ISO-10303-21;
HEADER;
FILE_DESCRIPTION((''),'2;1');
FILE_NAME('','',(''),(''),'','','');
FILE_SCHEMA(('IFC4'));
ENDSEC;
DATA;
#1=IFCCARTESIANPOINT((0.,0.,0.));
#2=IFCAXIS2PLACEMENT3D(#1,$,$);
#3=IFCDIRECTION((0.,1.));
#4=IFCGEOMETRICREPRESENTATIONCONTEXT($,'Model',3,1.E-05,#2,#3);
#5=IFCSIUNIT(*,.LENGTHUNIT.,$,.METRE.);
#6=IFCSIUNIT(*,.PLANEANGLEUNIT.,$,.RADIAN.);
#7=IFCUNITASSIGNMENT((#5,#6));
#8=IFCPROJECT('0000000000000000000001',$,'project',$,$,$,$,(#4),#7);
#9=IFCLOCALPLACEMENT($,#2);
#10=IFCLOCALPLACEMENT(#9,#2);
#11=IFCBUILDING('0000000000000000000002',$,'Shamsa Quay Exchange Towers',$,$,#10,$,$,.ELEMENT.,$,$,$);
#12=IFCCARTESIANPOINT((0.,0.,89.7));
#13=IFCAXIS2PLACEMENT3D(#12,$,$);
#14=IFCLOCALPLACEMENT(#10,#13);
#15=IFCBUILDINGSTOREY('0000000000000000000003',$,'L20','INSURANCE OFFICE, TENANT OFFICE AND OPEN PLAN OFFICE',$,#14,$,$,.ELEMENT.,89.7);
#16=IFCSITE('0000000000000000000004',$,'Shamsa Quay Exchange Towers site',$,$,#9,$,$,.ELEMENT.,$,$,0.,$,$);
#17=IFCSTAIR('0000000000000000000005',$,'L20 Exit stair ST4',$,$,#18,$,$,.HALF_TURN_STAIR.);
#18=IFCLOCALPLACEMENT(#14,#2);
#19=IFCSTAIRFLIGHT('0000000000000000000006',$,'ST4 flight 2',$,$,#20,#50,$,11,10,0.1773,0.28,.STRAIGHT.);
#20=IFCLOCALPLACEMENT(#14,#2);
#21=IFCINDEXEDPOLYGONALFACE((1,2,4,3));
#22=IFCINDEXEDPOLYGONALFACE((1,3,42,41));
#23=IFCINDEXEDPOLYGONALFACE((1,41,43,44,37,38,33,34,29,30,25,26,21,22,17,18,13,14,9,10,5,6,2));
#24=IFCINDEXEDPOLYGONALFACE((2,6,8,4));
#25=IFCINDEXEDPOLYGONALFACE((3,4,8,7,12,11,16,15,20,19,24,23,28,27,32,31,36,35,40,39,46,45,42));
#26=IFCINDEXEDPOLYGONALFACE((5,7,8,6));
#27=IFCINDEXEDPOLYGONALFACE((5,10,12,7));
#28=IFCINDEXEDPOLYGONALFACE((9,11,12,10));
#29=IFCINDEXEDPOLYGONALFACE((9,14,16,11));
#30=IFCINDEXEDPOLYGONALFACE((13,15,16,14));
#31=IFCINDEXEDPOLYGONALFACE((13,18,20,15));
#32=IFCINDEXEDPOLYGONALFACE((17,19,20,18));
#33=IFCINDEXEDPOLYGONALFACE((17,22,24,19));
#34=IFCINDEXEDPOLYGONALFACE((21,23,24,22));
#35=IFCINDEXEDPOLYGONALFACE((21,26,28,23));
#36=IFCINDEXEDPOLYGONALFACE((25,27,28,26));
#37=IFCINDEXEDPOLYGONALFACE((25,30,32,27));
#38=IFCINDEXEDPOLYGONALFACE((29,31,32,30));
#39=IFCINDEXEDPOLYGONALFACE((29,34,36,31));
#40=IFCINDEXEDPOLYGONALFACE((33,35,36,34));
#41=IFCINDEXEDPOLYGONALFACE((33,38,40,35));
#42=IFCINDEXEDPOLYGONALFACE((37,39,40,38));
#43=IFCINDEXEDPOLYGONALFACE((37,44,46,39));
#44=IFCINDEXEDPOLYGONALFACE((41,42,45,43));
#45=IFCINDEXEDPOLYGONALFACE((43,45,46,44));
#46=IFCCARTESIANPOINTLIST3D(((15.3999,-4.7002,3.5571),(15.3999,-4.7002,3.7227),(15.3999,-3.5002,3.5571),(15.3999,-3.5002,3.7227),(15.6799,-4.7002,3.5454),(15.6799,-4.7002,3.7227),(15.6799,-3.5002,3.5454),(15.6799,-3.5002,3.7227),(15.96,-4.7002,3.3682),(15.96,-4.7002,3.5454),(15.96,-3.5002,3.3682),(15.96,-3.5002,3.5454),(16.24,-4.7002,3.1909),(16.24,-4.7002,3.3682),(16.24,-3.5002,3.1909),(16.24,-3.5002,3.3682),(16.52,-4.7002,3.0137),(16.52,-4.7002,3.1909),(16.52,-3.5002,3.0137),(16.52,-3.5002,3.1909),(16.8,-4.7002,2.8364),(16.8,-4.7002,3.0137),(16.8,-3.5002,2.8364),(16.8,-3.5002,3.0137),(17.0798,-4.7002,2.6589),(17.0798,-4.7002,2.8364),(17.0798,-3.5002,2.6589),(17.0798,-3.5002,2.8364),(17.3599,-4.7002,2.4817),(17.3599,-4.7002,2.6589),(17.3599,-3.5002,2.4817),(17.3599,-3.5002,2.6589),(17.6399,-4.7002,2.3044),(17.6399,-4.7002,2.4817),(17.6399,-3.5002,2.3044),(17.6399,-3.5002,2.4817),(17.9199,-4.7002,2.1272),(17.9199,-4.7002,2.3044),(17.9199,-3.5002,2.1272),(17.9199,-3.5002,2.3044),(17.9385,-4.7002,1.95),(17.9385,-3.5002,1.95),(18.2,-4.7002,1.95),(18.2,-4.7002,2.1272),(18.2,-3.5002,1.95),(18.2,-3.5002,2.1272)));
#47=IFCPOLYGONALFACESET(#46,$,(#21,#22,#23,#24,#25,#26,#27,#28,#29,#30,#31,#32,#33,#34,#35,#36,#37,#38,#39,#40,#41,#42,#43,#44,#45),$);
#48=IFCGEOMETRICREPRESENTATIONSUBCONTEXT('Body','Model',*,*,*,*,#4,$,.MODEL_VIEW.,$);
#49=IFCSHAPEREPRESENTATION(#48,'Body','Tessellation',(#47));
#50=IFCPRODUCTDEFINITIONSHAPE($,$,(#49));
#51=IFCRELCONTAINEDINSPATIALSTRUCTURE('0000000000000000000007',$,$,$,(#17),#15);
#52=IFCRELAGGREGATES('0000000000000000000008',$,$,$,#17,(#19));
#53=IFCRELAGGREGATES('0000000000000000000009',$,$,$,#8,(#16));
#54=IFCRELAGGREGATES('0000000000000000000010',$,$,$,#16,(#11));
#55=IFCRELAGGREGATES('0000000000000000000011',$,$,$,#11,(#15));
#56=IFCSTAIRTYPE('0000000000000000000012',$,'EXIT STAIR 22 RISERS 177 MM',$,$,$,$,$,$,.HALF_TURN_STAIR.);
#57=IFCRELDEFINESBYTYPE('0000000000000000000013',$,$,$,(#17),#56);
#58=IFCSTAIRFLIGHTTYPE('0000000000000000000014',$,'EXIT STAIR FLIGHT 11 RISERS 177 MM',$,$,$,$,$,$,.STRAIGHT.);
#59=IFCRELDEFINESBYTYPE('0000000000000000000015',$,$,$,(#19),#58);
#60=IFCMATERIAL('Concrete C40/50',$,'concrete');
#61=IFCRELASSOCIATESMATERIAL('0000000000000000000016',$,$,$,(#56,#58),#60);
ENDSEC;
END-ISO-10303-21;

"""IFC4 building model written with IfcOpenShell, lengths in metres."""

from ifc_helpers import new_model, si_unit, direction, frame, origin, place, context, subcontext, project, spatial, polyline, outline, extrude, material, type_object, element, aggregate, save


model = new_model("IFC4")

# Units and contexts
model_context = context("Model", 3, precision=1e-05, world=origin(), true_north=direction((0.0, 1.0)))
body_context = subcontext(model_context, "Body", "Model", "MODEL_VIEW")
ifc_project = project(units=[si_unit("LENGTHUNIT", "METRE"), si_unit("PLANEANGLEUNIT", "RADIAN")], contexts=[model_context])

# Site, building, storey
site_placement = place(None, origin())
site = spatial("IfcSite", under=ifc_project, at=site_placement, Name="Shamsa Quay Exchange Towers site", CompositionType="ELEMENT", RefElevation=0.0)
building_placement = place(site_placement, origin())
building = spatial("IfcBuilding", under=site, at=building_placement, Name="Shamsa Quay Exchange Towers", CompositionType="ELEMENT")
storey_placement = place(building_placement, frame((0.0, 0.0, 89.7)))
storey = spatial("IfcBuildingStorey", under=building, at=storey_placement, Name="L20", Description="INSURANCE OFFICE, TENANT OFFICE AND OPEN PLAN OFFICE", CompositionType="ELEMENT", Elevation=89.7)

# Stair, stair flight
ifc_material_1 = material(Name="Concrete C40/50", Category="concrete")
stair_type = type_object("IfcStairType", Name="EXIT STAIR 22 RISERS 177 MM", PredefinedType="HALF_TURN_STAIR", material=ifc_material_1)
stair_placement = place(storey_placement, origin())
stair = element("IfcStair", 1, at=stair_placement, inside=storey, type_object=stair_type, Name="L20 Exit stair ST4", PredefinedType="HALF_TURN_STAIR")
stair_flight_type = type_object("IfcStairFlightType", Name="EXIT STAIR FLIGHT 11 RISERS 177 MM", PredefinedType="STRAIGHT", material=ifc_material_1)
stair_flight_1_placement = place(storey_placement, frame((18.2, -4.1001, 1.95), z_axis=(0.0, 0.0, 1.0), x_axis=(-1.0, 0.0, 0.0)))
stair_flight_1 = element("IfcStairFlight", 2, at=stair_flight_1_placement, type_object=stair_flight_type, Name="ST4 flight 2", NumberOfRisers=11, NumberOfTreads=10, PredefinedType="STRAIGHT", RiserHeight=0.1773, TreadLength=0.28, context=body_context, shape_type="SweptSolid", body=[
    extrude(outline(polyline([(0.0, 0.0), (0.0, 0.1772), (0.28, 0.1772), (0.28, 0.3545), (0.5601, 0.3545), (0.5601, 0.5317), (0.8401, 0.5317), (0.8401, 0.709), (1.1201, 0.709), (1.1201, 0.8865), (1.3999, 0.8865), (1.3999, 1.0637), (1.6799, 1.0637), (1.6799, 1.241), (1.96, 1.241), (1.96, 1.4182), (2.24, 1.4182), (2.24, 1.5955), (2.52, 1.5955), (2.52, 1.7727), (2.8, 1.7727), (2.8, 1.95), (2.8, 1.6072), (0.2615, 0.0), (0.0, 0.0)])), frame((0.0, 0.6001, 0.0), z_axis=(0.0, -1.0, 0.0), x_axis=(1.0, 0.0, 0.0)), (0.0, 0.0, 1.0), 1.2),
])
aggregate(stair, [stair_flight_1])

save(model, "model.ifc")
